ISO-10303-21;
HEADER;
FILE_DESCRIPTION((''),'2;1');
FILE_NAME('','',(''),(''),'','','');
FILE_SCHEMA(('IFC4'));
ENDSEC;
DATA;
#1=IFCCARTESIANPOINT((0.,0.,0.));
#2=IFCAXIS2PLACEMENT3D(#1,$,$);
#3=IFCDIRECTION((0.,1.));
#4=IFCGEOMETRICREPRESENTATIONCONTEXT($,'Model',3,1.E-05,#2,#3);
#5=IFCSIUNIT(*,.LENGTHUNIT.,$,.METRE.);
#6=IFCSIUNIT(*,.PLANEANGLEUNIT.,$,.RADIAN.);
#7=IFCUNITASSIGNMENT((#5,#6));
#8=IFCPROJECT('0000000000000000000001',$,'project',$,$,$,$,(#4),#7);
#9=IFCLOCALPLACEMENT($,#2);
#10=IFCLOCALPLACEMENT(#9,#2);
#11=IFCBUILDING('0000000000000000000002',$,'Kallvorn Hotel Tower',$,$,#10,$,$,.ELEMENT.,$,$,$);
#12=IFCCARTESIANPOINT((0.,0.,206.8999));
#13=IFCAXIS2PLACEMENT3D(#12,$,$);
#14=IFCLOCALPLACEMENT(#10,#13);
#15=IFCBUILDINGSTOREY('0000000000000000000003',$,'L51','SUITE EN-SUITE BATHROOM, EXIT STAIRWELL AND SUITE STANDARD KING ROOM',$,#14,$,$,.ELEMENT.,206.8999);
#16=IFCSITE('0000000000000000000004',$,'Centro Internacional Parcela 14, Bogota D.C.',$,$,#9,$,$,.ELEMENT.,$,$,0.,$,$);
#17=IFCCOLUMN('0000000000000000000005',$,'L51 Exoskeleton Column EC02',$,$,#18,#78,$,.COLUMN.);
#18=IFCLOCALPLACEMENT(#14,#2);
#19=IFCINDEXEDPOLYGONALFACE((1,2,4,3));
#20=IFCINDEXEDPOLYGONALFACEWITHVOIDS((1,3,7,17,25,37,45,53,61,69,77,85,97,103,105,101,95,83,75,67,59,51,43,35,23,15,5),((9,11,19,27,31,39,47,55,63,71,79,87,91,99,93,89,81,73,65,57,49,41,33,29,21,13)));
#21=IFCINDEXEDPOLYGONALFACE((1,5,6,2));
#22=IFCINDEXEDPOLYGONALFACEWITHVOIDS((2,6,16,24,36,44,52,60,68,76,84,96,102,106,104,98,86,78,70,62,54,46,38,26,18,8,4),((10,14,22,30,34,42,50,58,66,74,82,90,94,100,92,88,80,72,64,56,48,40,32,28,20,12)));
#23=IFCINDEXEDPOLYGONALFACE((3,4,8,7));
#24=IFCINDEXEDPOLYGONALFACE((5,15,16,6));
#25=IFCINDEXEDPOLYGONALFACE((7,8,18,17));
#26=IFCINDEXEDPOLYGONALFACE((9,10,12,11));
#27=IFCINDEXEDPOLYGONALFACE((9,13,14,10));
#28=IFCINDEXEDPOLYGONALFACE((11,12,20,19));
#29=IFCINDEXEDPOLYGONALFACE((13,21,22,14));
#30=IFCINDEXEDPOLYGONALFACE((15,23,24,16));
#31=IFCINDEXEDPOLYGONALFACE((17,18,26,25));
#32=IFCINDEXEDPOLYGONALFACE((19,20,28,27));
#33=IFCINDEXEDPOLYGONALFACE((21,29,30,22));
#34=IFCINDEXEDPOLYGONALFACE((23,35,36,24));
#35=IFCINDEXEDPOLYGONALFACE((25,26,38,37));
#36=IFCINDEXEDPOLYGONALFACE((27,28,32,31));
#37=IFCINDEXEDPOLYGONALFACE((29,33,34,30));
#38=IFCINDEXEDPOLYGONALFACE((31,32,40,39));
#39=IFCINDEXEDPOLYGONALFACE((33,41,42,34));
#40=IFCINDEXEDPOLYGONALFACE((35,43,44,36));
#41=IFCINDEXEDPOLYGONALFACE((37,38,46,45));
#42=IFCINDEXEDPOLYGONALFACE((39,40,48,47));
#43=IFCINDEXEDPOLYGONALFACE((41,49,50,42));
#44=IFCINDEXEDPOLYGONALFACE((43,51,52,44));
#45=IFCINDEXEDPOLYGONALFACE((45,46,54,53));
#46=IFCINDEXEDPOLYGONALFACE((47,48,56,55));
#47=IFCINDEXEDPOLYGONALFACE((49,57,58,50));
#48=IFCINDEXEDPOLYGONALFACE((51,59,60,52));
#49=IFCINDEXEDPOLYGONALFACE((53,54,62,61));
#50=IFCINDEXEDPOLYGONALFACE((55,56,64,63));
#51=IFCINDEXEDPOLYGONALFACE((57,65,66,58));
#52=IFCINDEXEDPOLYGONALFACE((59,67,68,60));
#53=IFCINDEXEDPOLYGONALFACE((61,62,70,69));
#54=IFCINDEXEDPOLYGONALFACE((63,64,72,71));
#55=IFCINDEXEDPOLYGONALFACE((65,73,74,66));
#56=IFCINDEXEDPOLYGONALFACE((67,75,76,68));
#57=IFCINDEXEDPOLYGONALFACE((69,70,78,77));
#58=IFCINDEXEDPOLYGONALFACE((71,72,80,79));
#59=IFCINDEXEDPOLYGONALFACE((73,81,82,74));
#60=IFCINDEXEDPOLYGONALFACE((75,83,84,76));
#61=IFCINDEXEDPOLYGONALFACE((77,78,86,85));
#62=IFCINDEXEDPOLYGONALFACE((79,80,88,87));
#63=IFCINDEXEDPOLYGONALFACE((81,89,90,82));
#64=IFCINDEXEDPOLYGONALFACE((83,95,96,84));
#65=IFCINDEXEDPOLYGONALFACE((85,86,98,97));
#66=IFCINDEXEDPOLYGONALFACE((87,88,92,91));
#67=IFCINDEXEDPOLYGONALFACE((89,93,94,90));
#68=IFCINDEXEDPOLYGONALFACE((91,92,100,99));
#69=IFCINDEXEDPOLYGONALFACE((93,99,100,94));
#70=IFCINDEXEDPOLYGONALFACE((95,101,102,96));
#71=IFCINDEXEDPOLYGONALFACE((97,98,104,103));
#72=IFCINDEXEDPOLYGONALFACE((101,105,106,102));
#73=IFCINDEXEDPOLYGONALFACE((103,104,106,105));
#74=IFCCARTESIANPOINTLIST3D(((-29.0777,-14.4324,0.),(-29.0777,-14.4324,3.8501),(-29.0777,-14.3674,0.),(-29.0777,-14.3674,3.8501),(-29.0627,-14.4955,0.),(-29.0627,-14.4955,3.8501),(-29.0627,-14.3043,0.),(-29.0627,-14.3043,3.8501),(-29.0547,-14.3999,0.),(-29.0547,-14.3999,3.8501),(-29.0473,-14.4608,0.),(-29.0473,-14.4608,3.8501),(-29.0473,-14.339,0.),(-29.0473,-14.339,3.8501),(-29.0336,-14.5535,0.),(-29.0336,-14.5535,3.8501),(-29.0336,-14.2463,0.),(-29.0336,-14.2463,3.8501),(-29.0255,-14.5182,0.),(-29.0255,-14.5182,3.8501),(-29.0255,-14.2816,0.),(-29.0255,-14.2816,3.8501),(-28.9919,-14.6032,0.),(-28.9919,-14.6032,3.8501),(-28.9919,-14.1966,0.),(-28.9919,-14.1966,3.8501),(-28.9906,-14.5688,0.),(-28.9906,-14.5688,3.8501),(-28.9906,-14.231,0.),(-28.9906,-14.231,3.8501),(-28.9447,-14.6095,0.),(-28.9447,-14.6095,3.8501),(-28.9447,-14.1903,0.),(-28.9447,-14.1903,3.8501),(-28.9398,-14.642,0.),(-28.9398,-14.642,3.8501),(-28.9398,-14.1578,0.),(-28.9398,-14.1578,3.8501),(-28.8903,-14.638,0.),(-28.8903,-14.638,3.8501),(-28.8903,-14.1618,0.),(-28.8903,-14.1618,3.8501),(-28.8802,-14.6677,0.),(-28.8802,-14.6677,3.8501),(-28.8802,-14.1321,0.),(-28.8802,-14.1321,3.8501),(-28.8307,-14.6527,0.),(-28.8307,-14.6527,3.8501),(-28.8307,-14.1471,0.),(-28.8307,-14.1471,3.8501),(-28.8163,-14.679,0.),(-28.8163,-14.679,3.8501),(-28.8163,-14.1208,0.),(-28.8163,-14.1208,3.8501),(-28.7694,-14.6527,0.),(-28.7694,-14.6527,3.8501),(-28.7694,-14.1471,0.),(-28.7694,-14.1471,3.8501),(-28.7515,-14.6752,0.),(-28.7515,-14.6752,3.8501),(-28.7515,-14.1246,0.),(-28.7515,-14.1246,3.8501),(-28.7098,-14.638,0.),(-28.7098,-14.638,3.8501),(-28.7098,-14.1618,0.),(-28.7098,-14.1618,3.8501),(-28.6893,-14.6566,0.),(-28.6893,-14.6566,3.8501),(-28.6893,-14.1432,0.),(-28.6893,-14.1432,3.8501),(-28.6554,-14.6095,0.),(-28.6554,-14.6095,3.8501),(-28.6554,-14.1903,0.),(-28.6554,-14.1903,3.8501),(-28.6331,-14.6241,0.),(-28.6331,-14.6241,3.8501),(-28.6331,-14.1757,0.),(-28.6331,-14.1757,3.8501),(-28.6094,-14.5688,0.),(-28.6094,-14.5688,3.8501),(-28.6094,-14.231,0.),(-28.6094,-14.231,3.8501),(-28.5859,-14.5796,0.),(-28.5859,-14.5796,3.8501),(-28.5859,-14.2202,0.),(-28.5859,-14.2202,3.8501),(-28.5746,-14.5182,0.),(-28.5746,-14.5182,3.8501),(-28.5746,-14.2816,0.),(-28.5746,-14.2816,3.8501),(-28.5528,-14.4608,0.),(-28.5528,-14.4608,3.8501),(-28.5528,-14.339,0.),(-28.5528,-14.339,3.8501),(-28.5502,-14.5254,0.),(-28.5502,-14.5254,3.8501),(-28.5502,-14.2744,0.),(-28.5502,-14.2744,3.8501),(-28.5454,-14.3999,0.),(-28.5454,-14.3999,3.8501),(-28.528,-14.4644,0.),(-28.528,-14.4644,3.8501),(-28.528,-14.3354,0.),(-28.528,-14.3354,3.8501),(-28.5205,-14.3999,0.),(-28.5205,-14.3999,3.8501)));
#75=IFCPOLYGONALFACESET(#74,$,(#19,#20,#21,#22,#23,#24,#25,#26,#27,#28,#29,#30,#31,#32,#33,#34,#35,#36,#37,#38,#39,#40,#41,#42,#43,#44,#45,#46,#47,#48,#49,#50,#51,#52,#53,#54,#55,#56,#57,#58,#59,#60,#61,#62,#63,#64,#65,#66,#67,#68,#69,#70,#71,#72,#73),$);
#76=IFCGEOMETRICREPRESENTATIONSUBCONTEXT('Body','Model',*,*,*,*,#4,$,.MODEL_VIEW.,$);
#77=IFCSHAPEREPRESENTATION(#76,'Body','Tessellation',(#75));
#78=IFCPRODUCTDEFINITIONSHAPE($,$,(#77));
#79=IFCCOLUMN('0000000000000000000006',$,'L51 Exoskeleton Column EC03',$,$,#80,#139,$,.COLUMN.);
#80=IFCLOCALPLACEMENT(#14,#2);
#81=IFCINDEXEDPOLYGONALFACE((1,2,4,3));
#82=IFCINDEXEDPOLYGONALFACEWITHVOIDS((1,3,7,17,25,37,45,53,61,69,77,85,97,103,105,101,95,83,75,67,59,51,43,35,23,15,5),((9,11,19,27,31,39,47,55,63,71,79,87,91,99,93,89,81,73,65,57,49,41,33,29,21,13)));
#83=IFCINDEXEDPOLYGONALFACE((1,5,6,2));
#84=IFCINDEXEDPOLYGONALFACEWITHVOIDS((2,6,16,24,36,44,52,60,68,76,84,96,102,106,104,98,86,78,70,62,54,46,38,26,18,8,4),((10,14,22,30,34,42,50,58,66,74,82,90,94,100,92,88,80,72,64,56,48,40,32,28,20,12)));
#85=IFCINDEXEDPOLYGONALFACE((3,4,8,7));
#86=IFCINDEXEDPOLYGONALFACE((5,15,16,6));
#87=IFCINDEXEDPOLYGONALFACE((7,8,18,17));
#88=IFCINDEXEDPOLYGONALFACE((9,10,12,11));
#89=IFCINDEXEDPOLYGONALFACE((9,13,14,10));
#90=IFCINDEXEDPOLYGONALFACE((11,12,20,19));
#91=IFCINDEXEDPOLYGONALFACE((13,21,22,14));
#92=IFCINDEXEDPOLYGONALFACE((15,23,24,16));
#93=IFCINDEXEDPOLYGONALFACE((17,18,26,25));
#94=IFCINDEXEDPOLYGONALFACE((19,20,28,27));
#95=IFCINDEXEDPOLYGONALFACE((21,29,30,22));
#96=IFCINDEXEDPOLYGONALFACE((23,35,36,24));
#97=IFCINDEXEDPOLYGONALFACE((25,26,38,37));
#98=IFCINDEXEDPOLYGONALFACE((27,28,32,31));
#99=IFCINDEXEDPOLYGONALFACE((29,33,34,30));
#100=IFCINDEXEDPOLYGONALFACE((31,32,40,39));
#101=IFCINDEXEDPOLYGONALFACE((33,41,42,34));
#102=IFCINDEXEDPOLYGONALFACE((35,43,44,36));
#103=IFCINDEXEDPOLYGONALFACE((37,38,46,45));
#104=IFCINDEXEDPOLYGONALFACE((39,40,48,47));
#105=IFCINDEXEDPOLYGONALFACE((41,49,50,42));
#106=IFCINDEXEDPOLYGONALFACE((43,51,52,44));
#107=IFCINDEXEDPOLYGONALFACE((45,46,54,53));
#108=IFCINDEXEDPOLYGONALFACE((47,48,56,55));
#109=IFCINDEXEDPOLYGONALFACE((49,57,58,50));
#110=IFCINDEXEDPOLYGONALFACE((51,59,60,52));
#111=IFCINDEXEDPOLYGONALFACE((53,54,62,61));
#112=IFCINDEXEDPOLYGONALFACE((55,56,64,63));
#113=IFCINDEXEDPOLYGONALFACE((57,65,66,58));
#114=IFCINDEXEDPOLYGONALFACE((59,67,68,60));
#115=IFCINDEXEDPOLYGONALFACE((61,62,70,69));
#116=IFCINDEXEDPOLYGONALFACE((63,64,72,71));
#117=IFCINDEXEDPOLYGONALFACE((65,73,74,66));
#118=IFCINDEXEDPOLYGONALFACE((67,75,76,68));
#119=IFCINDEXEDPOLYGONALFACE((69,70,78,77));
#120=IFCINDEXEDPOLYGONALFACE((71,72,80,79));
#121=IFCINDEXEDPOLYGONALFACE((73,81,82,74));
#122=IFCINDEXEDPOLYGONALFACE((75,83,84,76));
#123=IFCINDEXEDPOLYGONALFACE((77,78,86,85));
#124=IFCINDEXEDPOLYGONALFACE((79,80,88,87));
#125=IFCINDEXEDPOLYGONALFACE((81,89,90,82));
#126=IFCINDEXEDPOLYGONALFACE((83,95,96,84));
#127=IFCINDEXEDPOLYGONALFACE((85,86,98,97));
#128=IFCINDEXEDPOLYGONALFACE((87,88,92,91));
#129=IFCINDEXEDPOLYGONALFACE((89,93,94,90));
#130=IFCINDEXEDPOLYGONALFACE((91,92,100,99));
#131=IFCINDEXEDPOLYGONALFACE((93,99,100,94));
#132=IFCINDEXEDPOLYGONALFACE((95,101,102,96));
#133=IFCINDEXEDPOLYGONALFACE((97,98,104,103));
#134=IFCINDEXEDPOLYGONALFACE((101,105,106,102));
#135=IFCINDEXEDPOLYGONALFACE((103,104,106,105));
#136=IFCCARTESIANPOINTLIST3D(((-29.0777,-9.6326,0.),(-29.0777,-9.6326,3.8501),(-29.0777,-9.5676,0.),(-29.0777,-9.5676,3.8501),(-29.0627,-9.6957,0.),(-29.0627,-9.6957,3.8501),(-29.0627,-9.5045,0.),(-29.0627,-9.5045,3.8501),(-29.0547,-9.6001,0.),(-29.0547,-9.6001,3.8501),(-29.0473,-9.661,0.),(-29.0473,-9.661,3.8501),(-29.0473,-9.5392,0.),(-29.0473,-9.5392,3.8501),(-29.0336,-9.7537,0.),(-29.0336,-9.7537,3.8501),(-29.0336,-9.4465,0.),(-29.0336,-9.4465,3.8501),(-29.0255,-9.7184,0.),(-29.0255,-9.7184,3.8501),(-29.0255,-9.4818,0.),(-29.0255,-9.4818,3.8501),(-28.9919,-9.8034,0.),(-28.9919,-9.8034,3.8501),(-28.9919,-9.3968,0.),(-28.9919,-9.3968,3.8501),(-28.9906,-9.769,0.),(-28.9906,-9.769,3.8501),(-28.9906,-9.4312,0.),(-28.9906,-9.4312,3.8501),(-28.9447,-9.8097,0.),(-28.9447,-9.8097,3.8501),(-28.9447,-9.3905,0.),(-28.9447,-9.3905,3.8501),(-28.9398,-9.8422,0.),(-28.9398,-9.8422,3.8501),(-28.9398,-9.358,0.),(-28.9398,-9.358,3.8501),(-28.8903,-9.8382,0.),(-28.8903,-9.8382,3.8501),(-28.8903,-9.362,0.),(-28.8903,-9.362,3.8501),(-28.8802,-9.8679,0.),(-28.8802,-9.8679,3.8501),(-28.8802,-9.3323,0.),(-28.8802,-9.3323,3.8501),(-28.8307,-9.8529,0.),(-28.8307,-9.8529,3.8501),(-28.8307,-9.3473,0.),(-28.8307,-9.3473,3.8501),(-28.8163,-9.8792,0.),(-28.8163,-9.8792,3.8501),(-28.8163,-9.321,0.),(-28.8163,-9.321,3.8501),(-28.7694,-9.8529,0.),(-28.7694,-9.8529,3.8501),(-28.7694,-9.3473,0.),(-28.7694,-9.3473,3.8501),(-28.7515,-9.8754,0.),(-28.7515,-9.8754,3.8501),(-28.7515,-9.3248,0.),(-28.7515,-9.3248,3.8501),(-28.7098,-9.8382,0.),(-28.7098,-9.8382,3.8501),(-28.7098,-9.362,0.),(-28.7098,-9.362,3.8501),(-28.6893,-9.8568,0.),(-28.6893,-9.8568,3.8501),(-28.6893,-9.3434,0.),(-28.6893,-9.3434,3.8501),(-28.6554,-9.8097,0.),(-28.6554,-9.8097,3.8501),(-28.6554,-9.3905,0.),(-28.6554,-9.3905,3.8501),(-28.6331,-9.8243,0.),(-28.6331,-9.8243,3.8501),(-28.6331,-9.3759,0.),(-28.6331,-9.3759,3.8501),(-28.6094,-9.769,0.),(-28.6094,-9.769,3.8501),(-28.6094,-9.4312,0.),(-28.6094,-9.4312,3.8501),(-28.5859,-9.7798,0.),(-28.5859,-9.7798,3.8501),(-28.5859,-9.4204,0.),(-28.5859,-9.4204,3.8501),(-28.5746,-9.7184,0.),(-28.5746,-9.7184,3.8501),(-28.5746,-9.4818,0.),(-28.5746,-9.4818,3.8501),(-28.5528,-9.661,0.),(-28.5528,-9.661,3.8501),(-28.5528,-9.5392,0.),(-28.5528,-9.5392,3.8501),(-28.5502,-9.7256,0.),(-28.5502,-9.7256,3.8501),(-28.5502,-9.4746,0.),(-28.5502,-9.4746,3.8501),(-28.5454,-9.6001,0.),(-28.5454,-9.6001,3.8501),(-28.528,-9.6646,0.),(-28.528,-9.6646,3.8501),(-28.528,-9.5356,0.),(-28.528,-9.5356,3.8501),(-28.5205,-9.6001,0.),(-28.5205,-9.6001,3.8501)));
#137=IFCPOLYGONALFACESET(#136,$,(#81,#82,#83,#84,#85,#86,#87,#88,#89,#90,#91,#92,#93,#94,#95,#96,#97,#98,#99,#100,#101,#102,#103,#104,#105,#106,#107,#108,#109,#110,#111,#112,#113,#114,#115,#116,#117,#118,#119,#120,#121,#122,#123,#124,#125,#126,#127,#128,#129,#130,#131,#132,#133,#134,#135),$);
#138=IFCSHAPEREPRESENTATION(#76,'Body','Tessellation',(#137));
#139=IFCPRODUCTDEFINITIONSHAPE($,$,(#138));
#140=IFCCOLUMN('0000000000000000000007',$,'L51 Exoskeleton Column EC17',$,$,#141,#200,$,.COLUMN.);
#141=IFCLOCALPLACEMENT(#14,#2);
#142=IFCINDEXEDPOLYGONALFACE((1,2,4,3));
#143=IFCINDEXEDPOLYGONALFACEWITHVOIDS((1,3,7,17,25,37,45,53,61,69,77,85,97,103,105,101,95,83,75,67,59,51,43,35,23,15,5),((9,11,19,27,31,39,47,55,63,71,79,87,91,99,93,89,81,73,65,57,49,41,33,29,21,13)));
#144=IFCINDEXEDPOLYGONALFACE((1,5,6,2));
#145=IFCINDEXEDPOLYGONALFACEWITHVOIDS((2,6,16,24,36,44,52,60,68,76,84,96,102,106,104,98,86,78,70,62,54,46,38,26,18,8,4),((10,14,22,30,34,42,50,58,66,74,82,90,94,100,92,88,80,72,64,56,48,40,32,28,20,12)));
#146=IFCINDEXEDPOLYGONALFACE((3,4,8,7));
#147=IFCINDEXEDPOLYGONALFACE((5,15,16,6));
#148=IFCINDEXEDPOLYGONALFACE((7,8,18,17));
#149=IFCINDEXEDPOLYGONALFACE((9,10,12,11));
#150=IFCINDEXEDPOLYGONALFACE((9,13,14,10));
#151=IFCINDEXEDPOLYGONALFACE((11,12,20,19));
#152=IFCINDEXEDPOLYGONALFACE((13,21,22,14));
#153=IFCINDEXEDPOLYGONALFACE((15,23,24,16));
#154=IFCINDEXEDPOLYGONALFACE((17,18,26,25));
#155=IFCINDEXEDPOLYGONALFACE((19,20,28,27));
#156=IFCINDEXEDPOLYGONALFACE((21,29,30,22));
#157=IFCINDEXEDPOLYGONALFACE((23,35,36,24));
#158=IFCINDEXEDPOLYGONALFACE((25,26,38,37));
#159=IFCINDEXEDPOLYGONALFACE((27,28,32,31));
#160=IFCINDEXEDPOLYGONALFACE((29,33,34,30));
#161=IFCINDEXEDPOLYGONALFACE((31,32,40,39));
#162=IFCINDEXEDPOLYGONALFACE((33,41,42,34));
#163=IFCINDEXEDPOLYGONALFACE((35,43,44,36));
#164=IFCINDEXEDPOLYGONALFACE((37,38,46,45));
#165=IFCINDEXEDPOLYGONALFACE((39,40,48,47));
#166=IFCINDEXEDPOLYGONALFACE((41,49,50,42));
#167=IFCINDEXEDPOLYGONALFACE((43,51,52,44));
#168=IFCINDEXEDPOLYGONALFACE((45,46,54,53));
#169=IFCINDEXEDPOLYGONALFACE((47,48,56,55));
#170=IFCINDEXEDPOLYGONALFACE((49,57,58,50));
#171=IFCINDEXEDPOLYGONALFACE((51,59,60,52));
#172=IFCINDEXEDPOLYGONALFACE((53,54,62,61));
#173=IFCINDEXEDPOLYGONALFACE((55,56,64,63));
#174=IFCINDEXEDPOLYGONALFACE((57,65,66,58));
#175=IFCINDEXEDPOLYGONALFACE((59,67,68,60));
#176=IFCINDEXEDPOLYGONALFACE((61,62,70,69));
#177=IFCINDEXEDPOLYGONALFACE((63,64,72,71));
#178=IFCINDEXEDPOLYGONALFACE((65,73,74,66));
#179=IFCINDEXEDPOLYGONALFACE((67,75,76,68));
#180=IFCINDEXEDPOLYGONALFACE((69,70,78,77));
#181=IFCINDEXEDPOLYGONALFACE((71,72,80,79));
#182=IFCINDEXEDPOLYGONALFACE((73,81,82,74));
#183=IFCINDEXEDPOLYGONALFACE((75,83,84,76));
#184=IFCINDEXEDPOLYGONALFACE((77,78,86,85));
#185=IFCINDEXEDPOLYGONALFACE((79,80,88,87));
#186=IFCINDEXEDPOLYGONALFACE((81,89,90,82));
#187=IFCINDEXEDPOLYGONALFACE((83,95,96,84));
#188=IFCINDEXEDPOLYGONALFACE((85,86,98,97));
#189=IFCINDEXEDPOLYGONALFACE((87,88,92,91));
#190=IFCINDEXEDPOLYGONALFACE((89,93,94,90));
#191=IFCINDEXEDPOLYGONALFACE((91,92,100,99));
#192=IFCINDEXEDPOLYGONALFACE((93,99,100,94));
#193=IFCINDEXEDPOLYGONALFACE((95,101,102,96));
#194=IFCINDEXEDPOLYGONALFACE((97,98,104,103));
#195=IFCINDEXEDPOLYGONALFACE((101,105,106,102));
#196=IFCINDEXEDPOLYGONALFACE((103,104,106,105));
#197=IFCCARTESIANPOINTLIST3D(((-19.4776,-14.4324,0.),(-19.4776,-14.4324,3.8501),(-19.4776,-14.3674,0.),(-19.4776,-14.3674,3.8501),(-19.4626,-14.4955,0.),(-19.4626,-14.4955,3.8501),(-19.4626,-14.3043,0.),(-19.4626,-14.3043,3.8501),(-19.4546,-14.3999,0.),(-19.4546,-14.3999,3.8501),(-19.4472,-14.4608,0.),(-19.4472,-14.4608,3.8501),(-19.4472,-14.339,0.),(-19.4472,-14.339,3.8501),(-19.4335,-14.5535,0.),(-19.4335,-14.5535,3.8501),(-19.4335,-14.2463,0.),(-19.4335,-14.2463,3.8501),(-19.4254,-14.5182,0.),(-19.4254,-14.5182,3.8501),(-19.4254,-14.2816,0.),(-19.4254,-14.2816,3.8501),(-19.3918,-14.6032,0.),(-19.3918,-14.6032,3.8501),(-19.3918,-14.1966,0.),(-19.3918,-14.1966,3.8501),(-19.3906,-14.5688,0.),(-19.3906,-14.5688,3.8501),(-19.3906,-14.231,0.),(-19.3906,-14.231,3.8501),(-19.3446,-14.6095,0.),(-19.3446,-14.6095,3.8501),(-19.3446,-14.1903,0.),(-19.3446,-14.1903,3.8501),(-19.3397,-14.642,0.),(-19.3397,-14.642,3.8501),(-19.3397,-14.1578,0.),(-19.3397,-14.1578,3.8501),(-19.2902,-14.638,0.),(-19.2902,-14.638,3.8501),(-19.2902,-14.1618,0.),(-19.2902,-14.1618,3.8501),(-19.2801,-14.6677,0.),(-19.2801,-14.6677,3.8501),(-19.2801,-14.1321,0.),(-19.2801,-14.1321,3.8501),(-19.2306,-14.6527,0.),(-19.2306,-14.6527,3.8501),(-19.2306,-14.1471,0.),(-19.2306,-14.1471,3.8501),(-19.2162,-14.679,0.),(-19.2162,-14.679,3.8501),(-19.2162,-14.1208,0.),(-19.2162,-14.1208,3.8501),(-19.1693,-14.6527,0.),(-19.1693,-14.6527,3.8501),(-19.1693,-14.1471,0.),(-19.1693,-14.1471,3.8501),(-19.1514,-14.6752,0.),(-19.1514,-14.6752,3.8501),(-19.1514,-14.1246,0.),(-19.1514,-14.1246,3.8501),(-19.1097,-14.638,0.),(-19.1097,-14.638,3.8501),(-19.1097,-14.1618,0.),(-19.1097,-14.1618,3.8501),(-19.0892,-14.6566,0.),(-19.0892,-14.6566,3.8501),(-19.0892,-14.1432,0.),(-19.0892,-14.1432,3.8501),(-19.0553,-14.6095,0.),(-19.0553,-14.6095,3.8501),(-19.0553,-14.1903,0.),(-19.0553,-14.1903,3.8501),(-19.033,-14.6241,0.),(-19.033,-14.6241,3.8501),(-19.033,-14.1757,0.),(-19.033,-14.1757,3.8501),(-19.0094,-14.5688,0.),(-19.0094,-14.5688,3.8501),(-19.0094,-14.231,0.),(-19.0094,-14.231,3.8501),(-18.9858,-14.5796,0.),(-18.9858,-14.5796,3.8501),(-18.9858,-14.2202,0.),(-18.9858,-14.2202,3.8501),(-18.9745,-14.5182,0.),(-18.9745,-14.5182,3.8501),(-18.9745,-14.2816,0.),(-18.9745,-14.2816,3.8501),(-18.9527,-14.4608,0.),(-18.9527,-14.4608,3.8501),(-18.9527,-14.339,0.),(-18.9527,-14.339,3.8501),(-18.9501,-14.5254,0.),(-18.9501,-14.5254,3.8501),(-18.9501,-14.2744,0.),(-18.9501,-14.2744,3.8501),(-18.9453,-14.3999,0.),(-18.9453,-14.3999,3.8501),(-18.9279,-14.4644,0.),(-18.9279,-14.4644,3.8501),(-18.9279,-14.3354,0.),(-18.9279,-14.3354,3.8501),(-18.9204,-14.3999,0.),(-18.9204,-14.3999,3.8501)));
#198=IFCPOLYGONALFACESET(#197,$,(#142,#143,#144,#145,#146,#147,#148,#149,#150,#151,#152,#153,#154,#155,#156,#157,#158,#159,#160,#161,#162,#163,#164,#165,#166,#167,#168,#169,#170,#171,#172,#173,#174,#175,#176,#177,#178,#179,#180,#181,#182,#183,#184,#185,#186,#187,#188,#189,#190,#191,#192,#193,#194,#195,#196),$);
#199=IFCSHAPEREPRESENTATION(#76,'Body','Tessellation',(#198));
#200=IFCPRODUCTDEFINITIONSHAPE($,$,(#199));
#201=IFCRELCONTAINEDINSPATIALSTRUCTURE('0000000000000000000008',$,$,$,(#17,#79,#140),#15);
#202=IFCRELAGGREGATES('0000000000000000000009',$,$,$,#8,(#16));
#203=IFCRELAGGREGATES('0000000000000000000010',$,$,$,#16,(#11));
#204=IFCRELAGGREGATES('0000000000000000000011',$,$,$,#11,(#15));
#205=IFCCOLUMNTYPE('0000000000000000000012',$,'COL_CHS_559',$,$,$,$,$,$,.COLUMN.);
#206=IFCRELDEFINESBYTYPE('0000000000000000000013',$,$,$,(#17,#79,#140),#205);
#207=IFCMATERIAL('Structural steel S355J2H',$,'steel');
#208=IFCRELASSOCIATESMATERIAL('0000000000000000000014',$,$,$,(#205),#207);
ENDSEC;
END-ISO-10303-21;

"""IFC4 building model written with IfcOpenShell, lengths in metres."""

from ifc_helpers import new_model, si_unit, direction, frame, origin, origin_2d, place, context, subcontext, project, spatial, hollow_circle, extrude, material, material_profile, profile_set, type_object, element, save


model = new_model("IFC4")

# Units and contexts
model_context = context("Model", 3, precision=1e-05, world=origin(), true_north=direction((0.0, 1.0)))
body_context = subcontext(model_context, "Body", "Model", "MODEL_VIEW")
ifc_project = project(units=[si_unit("LENGTHUNIT", "METRE"), si_unit("PLANEANGLEUNIT", "RADIAN")], contexts=[model_context])

# Site, building, storey
site_placement = place(None, origin())
site = spatial("IfcSite", under=ifc_project, at=site_placement, Name="Centro Internacional Parcela 14, Bogota D.C.", CompositionType="ELEMENT", RefElevation=0.0)
building_placement = place(site_placement, origin())
building = spatial("IfcBuilding", under=site, at=building_placement, Name="Kallvorn Hotel Tower", CompositionType="ELEMENT")
storey_placement = place(building_placement, frame((0.0, 0.0, 206.8999)))
storey = spatial("IfcBuildingStorey", under=building, at=storey_placement, Name="L51", Description="SUITE EN-SUITE BATHROOM, EXIT STAIRWELL AND SUITE STANDARD KING ROOM", CompositionType="ELEMENT", Elevation=206.8999)

# Columns
ifc_material_1 = material(Name="Structural steel S355J2H", Category="steel")
ifc_material_profile_1 = material_profile(ifc_material_1, hollow_circle(Radius=0.2795, WallThickness=0.0249, at=origin_2d()), Name="CHS 559x25")
ifc_profile_set_1 = profile_set([ifc_material_profile_1], Name="Structural steel S355J2H")
column_type_1 = type_object("IfcColumnType", Name="COL_CHS_559", PredefinedType="COLUMN", material=ifc_profile_set_1)
for number, where, z_axis, x_axis, name in (
    (1, (-28.8, -14.3999, 0.0), (0.0, 0.0, 1.0), (1.0, 0.0, 0.0), "L51 Exoskeleton Column EC02"),
    (2, (-28.8, -9.6001, 0.0), (0.0, 0.0, 1.0), (1.0, 0.0, 0.0), "L51 Exoskeleton Column EC03"),
    (3, (-19.2, -14.3999, 0.0), (0.0, 0.0, 1.0), (1.0, 0.0, 0.0), "L51 Exoskeleton Column EC17"),
):
    element("IfcColumn", number, at=place(storey_placement, frame(where, z_axis=z_axis, x_axis=x_axis)), inside=storey, type_object=column_type_1, Name=name, PredefinedType="COLUMN", context=body_context, shape_type="SweptSolid", body=[
        extrude(hollow_circle(Radius=0.2795, WallThickness=0.0249, at=origin_2d()), origin(), (0.0, 0.0, 1.0), 3.8501),
    ])

save(model, "model.ifc")
